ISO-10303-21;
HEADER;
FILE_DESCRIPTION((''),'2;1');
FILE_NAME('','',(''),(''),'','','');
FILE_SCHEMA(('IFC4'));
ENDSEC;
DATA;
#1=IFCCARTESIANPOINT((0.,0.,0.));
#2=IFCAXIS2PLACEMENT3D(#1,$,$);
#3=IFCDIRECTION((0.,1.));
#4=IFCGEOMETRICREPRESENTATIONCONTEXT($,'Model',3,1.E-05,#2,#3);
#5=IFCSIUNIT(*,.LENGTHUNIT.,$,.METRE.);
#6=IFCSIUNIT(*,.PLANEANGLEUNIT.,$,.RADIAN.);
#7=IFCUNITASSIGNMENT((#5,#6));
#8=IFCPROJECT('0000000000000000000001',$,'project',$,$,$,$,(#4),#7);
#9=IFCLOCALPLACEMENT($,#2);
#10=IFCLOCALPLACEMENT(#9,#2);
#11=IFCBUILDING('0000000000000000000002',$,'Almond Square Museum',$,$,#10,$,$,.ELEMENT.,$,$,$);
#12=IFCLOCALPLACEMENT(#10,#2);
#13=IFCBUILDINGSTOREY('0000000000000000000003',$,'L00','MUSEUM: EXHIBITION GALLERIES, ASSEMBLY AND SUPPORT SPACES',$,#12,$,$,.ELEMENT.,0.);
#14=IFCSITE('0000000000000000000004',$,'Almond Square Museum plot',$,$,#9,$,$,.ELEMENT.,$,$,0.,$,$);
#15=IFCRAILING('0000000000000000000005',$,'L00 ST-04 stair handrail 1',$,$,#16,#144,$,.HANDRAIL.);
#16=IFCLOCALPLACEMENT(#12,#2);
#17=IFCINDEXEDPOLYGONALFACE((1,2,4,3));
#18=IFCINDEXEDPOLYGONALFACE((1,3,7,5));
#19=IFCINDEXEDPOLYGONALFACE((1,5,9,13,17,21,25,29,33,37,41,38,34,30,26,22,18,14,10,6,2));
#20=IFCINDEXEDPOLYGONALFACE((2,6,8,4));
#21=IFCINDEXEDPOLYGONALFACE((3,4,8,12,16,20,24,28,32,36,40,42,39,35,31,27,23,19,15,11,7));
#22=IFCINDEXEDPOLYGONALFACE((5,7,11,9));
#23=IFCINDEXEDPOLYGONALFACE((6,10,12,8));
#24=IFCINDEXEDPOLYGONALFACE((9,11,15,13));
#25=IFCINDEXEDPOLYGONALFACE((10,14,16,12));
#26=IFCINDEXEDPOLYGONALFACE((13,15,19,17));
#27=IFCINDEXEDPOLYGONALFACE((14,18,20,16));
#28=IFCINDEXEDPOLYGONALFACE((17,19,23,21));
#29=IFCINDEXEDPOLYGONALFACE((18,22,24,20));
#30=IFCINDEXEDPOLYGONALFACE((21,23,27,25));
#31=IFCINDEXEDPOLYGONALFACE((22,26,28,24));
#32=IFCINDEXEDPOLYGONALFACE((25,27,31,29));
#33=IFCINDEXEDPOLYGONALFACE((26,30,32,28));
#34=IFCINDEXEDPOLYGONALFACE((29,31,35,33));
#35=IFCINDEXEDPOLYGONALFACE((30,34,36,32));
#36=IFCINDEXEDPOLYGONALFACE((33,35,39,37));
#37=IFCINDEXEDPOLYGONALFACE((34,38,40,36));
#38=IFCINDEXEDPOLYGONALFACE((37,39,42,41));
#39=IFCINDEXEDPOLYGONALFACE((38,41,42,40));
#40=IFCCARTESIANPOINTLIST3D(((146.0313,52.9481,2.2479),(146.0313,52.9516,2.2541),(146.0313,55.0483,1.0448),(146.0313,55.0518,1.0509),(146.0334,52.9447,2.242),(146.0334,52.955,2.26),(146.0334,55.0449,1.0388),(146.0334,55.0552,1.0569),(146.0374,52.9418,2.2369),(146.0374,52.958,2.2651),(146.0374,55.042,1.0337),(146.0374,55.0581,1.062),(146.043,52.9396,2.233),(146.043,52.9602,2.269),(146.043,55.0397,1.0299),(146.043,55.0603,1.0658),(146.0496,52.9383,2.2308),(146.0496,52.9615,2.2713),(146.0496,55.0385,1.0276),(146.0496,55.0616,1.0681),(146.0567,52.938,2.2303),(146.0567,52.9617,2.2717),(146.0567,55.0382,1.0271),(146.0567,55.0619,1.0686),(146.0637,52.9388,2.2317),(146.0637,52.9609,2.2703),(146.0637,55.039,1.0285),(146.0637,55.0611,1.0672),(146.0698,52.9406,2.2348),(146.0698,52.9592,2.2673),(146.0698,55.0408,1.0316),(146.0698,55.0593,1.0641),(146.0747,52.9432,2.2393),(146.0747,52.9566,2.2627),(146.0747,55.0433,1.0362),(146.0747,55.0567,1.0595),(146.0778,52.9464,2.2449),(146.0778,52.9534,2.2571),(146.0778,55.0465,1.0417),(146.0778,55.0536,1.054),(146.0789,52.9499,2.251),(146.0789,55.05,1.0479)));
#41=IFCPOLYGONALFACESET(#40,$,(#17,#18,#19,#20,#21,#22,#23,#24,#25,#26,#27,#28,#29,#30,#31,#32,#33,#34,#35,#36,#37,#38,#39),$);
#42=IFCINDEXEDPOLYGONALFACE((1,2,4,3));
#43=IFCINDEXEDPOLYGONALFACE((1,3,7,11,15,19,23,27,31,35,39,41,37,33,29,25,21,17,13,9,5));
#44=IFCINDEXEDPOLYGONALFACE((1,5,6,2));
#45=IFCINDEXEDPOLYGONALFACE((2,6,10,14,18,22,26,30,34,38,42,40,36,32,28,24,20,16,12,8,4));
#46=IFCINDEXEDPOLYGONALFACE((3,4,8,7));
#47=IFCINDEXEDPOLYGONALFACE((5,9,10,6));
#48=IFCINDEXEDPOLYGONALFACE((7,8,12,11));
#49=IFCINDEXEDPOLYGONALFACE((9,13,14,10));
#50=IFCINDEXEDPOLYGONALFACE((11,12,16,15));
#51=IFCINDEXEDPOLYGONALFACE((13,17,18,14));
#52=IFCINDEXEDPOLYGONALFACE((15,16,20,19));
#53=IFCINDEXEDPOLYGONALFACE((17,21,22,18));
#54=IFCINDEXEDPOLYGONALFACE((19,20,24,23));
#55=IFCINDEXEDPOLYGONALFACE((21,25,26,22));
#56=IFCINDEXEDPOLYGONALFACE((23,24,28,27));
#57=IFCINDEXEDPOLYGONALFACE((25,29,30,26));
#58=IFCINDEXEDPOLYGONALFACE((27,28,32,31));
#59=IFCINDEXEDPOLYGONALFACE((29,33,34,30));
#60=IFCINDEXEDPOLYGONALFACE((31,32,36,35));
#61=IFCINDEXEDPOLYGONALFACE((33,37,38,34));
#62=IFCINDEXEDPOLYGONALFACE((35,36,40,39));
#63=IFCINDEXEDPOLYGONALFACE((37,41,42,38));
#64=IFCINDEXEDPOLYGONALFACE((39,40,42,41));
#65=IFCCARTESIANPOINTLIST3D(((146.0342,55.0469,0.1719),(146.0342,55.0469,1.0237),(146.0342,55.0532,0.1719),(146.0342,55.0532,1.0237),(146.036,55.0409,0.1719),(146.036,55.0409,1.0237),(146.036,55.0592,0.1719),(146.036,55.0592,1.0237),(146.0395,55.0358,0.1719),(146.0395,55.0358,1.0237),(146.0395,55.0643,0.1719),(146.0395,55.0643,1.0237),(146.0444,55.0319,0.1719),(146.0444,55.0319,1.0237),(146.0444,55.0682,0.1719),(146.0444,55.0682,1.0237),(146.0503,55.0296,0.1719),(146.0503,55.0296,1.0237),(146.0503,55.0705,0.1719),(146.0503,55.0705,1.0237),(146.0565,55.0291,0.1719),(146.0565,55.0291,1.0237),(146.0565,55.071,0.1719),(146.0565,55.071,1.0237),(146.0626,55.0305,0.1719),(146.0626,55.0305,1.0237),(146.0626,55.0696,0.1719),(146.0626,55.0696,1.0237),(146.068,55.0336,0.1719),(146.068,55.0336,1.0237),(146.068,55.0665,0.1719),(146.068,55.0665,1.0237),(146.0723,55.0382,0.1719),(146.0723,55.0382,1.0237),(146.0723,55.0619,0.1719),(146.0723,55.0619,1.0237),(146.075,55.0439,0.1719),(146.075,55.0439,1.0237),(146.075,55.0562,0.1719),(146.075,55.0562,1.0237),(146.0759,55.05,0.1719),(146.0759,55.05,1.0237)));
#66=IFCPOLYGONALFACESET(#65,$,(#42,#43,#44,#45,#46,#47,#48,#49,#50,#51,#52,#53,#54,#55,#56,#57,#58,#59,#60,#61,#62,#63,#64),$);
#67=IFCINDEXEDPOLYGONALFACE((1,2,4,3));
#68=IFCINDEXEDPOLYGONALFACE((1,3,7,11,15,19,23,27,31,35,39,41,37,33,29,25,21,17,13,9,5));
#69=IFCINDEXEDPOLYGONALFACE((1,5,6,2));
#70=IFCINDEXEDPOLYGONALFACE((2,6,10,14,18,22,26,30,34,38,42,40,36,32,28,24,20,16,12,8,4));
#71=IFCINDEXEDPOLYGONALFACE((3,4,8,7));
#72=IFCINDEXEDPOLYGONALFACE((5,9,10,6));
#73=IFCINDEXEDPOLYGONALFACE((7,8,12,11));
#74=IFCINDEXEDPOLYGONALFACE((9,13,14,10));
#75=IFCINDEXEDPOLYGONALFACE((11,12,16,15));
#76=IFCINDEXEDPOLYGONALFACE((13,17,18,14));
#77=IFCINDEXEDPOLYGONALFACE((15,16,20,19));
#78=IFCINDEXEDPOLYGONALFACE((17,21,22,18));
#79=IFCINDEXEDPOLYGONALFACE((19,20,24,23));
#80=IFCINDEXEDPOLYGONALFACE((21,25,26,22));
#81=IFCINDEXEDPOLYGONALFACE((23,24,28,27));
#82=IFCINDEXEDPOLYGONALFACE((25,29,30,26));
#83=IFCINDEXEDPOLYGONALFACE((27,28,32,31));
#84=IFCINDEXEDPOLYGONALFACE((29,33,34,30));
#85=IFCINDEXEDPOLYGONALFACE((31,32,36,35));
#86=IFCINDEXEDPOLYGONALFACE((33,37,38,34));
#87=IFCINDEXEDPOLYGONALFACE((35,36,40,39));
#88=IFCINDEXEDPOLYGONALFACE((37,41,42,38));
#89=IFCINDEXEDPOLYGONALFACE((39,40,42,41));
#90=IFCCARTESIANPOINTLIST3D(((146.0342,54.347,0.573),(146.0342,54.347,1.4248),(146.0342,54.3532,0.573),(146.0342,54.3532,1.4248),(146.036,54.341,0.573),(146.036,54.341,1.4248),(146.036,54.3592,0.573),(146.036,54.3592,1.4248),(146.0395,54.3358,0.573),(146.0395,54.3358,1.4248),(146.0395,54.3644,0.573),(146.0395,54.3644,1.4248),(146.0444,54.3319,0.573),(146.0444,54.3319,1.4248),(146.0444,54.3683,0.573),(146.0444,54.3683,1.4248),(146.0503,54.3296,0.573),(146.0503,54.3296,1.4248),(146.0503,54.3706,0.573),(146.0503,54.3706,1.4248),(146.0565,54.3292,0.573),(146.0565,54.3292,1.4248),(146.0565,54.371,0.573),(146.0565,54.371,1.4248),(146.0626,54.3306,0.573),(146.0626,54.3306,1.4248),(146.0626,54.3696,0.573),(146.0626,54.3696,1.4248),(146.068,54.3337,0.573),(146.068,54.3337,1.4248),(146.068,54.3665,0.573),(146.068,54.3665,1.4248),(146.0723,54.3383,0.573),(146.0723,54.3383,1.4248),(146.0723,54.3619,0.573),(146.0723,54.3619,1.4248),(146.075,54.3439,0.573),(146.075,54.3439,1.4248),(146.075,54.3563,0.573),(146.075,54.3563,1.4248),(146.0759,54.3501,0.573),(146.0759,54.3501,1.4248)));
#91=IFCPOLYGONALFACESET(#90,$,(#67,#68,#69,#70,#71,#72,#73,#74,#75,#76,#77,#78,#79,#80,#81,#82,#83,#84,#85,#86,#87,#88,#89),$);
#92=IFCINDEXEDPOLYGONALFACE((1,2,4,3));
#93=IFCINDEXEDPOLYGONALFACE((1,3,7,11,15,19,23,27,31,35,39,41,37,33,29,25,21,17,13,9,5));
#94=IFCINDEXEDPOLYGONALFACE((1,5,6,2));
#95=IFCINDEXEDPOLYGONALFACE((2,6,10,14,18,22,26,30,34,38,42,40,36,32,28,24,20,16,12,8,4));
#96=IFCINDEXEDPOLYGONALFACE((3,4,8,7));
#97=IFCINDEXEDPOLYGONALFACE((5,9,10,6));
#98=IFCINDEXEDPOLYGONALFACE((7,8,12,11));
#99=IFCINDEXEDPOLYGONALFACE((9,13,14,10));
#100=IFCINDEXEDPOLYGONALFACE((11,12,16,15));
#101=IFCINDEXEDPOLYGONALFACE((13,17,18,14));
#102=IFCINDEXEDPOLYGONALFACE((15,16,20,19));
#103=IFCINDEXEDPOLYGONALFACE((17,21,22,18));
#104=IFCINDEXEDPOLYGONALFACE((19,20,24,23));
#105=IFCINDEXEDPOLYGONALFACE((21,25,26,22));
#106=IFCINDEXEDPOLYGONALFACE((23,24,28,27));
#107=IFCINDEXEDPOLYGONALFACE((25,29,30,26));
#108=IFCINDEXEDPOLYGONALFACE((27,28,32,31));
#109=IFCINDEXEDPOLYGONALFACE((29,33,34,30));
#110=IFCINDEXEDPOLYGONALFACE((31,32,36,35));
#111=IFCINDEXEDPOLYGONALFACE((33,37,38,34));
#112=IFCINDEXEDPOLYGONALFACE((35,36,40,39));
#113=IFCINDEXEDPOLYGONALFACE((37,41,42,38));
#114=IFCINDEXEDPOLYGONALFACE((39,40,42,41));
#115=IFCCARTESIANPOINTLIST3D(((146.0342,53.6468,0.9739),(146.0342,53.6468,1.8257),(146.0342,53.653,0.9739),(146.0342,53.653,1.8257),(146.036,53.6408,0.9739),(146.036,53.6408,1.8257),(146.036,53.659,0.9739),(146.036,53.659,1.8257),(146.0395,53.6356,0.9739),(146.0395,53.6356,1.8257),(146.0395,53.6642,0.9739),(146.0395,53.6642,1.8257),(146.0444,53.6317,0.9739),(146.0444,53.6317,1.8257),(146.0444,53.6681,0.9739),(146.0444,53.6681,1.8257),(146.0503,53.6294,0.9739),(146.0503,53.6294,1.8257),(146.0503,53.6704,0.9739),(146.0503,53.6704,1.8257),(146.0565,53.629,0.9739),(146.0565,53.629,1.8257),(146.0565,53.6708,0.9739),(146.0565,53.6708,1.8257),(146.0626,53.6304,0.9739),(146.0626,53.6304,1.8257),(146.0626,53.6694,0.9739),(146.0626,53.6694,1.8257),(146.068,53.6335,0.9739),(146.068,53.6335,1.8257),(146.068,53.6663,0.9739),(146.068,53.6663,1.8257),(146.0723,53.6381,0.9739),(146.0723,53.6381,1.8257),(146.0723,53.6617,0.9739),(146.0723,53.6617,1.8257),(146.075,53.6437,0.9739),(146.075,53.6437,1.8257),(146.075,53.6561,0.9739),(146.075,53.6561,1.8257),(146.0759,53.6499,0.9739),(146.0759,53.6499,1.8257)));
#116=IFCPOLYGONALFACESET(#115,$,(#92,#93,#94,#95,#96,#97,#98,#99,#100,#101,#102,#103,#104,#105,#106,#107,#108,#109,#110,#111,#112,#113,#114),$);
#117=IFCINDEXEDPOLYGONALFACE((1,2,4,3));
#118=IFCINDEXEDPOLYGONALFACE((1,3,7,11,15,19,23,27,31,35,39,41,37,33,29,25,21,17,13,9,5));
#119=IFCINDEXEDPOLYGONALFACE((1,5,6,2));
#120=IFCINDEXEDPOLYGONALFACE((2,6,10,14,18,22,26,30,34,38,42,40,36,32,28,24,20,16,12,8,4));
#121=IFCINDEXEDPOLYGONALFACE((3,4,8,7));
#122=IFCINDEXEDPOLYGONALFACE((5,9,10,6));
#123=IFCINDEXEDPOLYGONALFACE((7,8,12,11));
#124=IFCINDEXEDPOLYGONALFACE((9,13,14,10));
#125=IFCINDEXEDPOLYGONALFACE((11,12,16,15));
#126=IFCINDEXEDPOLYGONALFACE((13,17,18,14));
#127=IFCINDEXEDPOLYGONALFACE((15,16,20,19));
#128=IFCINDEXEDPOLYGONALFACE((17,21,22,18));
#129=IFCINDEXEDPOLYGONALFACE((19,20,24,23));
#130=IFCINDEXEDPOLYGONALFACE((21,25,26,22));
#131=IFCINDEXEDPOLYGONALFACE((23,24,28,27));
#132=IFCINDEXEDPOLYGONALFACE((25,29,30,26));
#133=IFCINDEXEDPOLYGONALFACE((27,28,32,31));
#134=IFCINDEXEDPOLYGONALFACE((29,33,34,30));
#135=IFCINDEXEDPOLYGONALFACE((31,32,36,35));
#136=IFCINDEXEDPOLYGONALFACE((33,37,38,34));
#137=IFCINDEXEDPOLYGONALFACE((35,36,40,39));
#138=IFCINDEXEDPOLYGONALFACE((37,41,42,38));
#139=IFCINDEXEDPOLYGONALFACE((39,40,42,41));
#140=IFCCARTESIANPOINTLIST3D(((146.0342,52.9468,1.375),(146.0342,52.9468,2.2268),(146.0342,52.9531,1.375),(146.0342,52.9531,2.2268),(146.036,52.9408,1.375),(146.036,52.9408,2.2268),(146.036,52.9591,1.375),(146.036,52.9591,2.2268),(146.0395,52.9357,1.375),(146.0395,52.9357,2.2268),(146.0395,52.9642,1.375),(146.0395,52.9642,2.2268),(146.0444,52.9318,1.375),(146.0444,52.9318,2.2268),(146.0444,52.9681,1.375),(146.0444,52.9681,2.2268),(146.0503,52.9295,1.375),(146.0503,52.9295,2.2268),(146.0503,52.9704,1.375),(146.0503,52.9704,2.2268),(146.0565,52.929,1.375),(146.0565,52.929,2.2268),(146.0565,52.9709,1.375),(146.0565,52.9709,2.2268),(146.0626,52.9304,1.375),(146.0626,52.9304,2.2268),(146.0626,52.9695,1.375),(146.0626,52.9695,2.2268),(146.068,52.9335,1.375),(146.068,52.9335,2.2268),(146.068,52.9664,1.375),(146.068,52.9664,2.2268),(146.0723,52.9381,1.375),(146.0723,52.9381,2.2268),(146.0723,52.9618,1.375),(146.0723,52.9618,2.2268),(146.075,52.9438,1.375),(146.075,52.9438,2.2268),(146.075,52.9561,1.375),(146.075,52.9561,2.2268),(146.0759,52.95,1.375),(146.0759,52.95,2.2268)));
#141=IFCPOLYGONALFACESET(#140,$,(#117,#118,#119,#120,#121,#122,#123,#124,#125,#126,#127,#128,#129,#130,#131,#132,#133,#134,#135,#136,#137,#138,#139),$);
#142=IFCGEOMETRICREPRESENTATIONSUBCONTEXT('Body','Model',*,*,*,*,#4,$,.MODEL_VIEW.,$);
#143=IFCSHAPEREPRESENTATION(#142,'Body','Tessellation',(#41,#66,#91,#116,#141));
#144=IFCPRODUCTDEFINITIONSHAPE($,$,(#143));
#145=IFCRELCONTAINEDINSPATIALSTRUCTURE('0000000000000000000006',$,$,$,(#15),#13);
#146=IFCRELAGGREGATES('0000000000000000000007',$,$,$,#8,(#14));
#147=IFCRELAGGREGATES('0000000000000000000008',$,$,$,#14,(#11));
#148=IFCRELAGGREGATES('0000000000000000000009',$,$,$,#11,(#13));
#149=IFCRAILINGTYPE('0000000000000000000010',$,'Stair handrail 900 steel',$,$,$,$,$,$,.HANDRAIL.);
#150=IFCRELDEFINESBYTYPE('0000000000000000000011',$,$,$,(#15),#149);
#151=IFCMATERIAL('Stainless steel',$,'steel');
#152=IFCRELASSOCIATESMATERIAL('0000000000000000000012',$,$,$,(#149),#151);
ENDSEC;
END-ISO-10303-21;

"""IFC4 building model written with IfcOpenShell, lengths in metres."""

from ifc_helpers import new_model, si_unit, direction, frame, origin, origin_2d, place, context, subcontext, project, spatial, circle, extrude, material, type_object, element, save


model = new_model("IFC4")

# Units and contexts
model_context = context("Model", 3, precision=1e-05, world=origin(), true_north=direction((0.0, 1.0)))
body_context = subcontext(model_context, "Body", "Model", "MODEL_VIEW")
ifc_project = project(units=[si_unit("LENGTHUNIT", "METRE"), si_unit("PLANEANGLEUNIT", "RADIAN")], contexts=[model_context])

# Site, building, storey
site_placement = place(None, origin())
site = spatial("IfcSite", under=ifc_project, at=site_placement, Name="Almond Square Museum plot", CompositionType="ELEMENT", RefElevation=0.0)
building_placement = place(site_placement, origin())
building = spatial("IfcBuilding", under=site, at=building_placement, Name="Almond Square Museum", CompositionType="ELEMENT")
storey_placement = place(building_placement, origin())
storey = spatial("IfcBuildingStorey", under=building, at=storey_placement, Name="L00", Description="MUSEUM: EXHIBITION GALLERIES, ASSEMBLY AND SUPPORT SPACES", CompositionType="ELEMENT", Elevation=0.0)

# Railing
ifc_material_1 = material(Name="Stainless steel", Category="steel")
railing_type_1 = type_object("IfcRailingType", Name="Stair handrail 900 steel", PredefinedType="HANDRAIL", material=ifc_material_1)
for number, where, name in (
    (1, (146.0549, 55.05, 0.1719), "L00 ST-04 stair handrail 1"),
):
    element("IfcRailing", number, at=place(storey_placement, frame(where)), inside=storey, type_object=railing_type_1, Name=name, PredefinedType="HANDRAIL", context=body_context, shape_type="SweptSolid", body=[
        extrude(circle(Radius=0.0239, at=origin_2d()), frame((0.0, 0.0, 0.876), z_axis=(0.0, -0.867696, 0.497095), x_axis=(1.0, 0.0, 0.0)), (0.0, 0.0, 1.0), 2.4204),
        extrude(circle(Radius=0.021, at=origin_2d()), origin(), (0.0, 0.0, 1.0), 0.8518),
        extrude(circle(Radius=0.021, at=origin_2d()), frame((0.0, -0.7, 0.4011)), (0.0, 0.0, 1.0), 0.8518),
        extrude(circle(Radius=0.021, at=origin_2d()), frame((0.0, -1.4001, 0.802)), (0.0, 0.0, 1.0), 0.8518),
        extrude(circle(Radius=0.021, at=origin_2d()), frame((0.0, -2.1001, 1.2031)), (0.0, 0.0, 1.0), 0.8518),
    ])

save(model, "model.ifc")
